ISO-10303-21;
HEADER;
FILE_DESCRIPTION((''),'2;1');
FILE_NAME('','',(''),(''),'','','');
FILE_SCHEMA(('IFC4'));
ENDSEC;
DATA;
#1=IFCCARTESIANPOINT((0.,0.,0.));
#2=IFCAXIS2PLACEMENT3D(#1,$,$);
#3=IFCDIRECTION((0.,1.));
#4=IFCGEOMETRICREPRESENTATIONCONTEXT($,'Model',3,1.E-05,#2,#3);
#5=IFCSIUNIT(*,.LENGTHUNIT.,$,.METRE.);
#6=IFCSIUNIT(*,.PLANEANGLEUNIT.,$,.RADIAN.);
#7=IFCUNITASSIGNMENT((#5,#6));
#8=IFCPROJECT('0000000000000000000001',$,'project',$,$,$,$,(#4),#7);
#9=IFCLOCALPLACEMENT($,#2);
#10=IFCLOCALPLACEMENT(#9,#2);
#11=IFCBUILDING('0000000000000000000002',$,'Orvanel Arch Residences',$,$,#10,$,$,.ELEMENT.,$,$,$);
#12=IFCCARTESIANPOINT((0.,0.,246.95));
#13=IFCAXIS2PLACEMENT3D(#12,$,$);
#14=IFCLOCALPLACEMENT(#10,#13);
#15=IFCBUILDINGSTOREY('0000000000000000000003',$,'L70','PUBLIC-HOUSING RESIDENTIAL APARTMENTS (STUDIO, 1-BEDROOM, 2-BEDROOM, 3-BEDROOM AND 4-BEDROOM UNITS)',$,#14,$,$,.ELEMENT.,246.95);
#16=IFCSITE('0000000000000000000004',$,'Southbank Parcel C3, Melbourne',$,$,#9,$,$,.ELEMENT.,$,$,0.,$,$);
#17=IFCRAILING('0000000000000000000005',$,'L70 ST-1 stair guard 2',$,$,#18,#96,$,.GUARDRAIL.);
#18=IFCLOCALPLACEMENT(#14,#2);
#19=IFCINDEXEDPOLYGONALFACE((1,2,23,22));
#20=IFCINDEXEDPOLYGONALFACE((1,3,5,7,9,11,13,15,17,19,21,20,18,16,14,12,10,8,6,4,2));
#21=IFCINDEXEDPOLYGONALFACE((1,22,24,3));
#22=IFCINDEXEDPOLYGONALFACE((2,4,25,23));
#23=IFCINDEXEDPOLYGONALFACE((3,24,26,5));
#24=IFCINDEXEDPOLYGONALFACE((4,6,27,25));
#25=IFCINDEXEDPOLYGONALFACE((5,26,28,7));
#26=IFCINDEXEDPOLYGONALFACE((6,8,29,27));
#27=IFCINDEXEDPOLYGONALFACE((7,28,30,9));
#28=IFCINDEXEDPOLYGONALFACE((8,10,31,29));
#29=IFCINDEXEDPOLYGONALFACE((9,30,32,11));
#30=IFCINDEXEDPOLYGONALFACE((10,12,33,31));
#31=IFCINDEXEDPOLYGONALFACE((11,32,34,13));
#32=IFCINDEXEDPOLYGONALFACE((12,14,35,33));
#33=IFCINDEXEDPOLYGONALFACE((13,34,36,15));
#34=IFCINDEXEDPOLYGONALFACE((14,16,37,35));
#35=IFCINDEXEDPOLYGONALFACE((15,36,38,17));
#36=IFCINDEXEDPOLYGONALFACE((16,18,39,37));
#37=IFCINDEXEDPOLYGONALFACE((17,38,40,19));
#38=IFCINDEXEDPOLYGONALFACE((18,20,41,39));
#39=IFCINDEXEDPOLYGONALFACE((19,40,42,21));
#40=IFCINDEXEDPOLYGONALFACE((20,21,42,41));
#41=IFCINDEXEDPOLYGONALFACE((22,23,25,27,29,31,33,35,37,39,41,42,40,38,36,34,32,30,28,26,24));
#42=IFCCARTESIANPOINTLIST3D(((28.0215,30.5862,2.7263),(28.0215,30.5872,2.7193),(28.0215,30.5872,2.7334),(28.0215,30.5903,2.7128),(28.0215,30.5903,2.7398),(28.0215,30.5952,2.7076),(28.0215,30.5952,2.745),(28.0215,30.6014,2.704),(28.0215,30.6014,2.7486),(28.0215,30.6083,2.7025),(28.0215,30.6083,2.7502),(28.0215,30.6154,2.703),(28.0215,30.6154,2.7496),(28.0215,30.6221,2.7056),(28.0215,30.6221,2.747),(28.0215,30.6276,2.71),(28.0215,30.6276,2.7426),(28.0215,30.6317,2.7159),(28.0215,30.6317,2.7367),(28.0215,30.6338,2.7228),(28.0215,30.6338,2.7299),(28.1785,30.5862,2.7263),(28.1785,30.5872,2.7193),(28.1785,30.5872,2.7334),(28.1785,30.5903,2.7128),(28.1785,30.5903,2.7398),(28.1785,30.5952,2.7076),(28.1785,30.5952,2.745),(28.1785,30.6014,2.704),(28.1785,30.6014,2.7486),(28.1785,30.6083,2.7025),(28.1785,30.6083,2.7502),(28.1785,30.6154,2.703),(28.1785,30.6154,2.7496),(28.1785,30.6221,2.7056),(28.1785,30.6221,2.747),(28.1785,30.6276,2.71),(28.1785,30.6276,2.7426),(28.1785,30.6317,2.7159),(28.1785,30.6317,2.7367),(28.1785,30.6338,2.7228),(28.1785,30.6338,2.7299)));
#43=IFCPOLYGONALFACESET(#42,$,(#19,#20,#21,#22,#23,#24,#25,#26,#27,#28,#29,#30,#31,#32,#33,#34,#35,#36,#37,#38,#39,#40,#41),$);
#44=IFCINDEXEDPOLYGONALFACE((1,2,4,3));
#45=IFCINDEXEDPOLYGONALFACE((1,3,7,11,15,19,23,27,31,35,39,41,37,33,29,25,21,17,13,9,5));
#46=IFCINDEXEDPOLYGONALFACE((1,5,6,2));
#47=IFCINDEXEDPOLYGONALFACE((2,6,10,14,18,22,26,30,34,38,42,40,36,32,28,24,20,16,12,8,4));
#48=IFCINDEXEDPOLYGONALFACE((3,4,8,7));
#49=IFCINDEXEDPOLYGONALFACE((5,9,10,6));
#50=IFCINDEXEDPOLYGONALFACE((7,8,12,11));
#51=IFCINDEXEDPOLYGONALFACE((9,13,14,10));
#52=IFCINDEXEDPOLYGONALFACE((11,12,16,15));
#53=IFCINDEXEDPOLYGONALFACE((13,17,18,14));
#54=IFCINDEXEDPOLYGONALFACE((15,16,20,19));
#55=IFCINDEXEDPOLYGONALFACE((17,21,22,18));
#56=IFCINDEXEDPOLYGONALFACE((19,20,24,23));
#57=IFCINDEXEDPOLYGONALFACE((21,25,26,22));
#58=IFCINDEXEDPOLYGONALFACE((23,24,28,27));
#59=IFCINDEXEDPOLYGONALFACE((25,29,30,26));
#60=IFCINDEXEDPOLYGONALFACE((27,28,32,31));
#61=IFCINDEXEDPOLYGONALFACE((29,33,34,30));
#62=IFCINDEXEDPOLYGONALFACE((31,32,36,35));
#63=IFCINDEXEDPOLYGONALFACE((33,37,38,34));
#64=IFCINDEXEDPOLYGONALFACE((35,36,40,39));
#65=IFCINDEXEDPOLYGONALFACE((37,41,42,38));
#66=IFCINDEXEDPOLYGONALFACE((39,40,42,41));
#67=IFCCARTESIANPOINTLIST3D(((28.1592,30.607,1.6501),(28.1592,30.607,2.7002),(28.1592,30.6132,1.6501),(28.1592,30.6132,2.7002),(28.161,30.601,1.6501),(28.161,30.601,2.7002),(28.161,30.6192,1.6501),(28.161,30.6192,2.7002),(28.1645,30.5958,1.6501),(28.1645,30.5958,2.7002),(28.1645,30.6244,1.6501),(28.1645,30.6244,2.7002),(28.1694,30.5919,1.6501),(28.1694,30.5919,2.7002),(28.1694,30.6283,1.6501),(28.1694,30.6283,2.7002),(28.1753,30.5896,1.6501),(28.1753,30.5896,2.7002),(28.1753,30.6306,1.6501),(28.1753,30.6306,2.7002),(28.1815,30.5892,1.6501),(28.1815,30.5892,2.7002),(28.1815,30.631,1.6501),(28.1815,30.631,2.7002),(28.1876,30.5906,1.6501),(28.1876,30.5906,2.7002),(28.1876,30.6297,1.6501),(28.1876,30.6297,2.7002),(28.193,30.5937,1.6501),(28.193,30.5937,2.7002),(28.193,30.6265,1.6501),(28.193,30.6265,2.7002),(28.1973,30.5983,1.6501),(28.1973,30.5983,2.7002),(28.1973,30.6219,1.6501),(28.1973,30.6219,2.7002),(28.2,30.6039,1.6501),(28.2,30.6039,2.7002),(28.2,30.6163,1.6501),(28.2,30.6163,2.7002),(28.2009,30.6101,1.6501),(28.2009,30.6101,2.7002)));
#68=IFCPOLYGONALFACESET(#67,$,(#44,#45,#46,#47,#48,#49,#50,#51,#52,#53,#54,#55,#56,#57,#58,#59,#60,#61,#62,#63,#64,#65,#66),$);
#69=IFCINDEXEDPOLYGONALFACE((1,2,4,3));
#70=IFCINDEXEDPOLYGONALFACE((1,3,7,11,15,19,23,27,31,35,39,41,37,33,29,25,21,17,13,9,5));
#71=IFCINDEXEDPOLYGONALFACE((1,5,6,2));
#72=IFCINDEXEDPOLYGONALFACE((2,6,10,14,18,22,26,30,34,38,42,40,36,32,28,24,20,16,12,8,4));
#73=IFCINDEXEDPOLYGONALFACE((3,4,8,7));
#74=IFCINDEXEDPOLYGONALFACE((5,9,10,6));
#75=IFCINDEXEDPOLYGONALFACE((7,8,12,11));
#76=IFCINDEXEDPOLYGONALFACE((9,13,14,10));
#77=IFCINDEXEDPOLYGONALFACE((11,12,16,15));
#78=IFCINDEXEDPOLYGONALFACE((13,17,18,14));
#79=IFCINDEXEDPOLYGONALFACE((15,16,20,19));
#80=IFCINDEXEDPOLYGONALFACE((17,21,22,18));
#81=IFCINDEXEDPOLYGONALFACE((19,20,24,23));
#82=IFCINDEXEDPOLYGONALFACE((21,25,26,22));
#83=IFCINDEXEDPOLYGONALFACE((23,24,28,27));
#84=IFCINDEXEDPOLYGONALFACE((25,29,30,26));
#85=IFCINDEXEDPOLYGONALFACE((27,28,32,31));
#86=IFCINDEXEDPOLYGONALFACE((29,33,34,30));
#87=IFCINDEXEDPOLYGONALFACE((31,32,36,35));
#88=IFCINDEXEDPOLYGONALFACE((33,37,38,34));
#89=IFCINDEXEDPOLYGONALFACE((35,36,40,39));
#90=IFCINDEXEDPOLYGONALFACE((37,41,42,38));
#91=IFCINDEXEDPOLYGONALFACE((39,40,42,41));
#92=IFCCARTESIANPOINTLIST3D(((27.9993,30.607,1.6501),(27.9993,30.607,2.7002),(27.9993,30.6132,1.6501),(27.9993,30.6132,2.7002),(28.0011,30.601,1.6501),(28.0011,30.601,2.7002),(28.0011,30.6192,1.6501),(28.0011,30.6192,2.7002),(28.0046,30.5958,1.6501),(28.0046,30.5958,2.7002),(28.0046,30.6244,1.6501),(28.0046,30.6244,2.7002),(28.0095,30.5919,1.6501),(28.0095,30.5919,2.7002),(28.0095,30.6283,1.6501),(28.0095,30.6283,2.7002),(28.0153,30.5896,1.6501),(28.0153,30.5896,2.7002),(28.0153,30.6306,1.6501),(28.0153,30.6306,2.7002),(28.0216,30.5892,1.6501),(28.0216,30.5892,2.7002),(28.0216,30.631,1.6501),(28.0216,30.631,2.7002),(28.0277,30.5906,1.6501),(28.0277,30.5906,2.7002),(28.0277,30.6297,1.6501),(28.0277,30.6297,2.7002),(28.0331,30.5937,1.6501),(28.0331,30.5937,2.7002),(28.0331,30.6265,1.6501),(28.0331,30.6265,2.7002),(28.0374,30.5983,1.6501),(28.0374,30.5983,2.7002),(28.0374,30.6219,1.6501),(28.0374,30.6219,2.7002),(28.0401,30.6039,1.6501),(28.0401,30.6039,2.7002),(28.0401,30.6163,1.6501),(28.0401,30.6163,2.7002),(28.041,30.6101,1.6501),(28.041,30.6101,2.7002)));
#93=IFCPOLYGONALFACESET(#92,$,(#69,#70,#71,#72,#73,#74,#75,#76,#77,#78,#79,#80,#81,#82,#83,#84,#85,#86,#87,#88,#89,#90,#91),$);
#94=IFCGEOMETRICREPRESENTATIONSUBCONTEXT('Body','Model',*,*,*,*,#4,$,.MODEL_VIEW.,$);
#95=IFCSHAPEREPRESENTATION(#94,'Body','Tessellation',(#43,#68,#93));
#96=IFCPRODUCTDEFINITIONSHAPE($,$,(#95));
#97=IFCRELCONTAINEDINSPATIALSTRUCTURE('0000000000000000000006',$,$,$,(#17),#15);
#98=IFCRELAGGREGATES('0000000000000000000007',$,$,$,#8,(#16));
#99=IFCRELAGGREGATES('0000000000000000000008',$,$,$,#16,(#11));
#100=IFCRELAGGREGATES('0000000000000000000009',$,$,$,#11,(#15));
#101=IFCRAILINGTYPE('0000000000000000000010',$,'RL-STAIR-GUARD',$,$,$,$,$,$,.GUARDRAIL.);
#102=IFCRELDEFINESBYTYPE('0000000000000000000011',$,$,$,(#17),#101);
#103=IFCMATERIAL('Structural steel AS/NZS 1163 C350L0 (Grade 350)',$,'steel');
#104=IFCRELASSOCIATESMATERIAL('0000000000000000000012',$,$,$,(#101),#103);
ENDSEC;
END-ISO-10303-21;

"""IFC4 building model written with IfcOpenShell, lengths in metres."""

from ifc_helpers import new_model, si_unit, direction, frame, origin, origin_2d, place, context, subcontext, project, spatial, circle, extrude, material, type_object, element, save


model = new_model("IFC4")

# Units and contexts
model_context = context("Model", 3, precision=1e-05, world=origin(), true_north=direction((0.0, 1.0)))
body_context = subcontext(model_context, "Body", "Model", "MODEL_VIEW")
ifc_project = project(units=[si_unit("LENGTHUNIT", "METRE"), si_unit("PLANEANGLEUNIT", "RADIAN")], contexts=[model_context])

# Site, building, storey
site_placement = place(None, origin())
site = spatial("IfcSite", under=ifc_project, at=site_placement, Name="Southbank Parcel C3, Melbourne", CompositionType="ELEMENT", RefElevation=0.0)
building_placement = place(site_placement, origin())
building = spatial("IfcBuilding", under=site, at=building_placement, Name="Orvanel Arch Residences", CompositionType="ELEMENT")
storey_placement = place(building_placement, frame((0.0, 0.0, 246.95)))
storey = spatial("IfcBuildingStorey", under=building, at=storey_placement, Name="L70", Description="PUBLIC-HOUSING RESIDENTIAL APARTMENTS (STUDIO, 1-BEDROOM, 2-BEDROOM, 3-BEDROOM AND 4-BEDROOM UNITS)", CompositionType="ELEMENT", Elevation=246.95)

# Railing
ifc_material_1 = material(Name="Structural steel AS/NZS 1163 C350L0 (Grade 350)", Category="steel")
railing_type_1 = type_object("IfcRailingType", Name="RL-STAIR-GUARD", PredefinedType="GUARDRAIL", material=ifc_material_1)
railing_1_placement = place(storey_placement, frame((28.1799, 30.6101, 1.6501)))
element("IfcRailing", 1, at=railing_1_placement, inside=storey, type_object=railing_type_1, Name="L70 ST-1 stair guard 2", PredefinedType="GUARDRAIL", context=body_context, shape_type="SweptSolid", body=[
    extrude(circle(Radius=0.0239, at=origin_2d()), frame((-0.0015, 0.0, 1.0762), z_axis=(-1.0, 0.0, 0.0), x_axis=(0.0, -1.0, 0.0)), (0.0, 0.0, 1.0), 0.157),
    extrude(circle(Radius=0.021, at=origin_2d()), origin(), (0.0, 0.0, 1.0), 1.05),
    extrude(circle(Radius=0.021, at=origin_2d()), frame((-0.1599, 0.0, 0.0)), (0.0, 0.0, 1.0), 1.05),
])

save(model, "model.ifc")
